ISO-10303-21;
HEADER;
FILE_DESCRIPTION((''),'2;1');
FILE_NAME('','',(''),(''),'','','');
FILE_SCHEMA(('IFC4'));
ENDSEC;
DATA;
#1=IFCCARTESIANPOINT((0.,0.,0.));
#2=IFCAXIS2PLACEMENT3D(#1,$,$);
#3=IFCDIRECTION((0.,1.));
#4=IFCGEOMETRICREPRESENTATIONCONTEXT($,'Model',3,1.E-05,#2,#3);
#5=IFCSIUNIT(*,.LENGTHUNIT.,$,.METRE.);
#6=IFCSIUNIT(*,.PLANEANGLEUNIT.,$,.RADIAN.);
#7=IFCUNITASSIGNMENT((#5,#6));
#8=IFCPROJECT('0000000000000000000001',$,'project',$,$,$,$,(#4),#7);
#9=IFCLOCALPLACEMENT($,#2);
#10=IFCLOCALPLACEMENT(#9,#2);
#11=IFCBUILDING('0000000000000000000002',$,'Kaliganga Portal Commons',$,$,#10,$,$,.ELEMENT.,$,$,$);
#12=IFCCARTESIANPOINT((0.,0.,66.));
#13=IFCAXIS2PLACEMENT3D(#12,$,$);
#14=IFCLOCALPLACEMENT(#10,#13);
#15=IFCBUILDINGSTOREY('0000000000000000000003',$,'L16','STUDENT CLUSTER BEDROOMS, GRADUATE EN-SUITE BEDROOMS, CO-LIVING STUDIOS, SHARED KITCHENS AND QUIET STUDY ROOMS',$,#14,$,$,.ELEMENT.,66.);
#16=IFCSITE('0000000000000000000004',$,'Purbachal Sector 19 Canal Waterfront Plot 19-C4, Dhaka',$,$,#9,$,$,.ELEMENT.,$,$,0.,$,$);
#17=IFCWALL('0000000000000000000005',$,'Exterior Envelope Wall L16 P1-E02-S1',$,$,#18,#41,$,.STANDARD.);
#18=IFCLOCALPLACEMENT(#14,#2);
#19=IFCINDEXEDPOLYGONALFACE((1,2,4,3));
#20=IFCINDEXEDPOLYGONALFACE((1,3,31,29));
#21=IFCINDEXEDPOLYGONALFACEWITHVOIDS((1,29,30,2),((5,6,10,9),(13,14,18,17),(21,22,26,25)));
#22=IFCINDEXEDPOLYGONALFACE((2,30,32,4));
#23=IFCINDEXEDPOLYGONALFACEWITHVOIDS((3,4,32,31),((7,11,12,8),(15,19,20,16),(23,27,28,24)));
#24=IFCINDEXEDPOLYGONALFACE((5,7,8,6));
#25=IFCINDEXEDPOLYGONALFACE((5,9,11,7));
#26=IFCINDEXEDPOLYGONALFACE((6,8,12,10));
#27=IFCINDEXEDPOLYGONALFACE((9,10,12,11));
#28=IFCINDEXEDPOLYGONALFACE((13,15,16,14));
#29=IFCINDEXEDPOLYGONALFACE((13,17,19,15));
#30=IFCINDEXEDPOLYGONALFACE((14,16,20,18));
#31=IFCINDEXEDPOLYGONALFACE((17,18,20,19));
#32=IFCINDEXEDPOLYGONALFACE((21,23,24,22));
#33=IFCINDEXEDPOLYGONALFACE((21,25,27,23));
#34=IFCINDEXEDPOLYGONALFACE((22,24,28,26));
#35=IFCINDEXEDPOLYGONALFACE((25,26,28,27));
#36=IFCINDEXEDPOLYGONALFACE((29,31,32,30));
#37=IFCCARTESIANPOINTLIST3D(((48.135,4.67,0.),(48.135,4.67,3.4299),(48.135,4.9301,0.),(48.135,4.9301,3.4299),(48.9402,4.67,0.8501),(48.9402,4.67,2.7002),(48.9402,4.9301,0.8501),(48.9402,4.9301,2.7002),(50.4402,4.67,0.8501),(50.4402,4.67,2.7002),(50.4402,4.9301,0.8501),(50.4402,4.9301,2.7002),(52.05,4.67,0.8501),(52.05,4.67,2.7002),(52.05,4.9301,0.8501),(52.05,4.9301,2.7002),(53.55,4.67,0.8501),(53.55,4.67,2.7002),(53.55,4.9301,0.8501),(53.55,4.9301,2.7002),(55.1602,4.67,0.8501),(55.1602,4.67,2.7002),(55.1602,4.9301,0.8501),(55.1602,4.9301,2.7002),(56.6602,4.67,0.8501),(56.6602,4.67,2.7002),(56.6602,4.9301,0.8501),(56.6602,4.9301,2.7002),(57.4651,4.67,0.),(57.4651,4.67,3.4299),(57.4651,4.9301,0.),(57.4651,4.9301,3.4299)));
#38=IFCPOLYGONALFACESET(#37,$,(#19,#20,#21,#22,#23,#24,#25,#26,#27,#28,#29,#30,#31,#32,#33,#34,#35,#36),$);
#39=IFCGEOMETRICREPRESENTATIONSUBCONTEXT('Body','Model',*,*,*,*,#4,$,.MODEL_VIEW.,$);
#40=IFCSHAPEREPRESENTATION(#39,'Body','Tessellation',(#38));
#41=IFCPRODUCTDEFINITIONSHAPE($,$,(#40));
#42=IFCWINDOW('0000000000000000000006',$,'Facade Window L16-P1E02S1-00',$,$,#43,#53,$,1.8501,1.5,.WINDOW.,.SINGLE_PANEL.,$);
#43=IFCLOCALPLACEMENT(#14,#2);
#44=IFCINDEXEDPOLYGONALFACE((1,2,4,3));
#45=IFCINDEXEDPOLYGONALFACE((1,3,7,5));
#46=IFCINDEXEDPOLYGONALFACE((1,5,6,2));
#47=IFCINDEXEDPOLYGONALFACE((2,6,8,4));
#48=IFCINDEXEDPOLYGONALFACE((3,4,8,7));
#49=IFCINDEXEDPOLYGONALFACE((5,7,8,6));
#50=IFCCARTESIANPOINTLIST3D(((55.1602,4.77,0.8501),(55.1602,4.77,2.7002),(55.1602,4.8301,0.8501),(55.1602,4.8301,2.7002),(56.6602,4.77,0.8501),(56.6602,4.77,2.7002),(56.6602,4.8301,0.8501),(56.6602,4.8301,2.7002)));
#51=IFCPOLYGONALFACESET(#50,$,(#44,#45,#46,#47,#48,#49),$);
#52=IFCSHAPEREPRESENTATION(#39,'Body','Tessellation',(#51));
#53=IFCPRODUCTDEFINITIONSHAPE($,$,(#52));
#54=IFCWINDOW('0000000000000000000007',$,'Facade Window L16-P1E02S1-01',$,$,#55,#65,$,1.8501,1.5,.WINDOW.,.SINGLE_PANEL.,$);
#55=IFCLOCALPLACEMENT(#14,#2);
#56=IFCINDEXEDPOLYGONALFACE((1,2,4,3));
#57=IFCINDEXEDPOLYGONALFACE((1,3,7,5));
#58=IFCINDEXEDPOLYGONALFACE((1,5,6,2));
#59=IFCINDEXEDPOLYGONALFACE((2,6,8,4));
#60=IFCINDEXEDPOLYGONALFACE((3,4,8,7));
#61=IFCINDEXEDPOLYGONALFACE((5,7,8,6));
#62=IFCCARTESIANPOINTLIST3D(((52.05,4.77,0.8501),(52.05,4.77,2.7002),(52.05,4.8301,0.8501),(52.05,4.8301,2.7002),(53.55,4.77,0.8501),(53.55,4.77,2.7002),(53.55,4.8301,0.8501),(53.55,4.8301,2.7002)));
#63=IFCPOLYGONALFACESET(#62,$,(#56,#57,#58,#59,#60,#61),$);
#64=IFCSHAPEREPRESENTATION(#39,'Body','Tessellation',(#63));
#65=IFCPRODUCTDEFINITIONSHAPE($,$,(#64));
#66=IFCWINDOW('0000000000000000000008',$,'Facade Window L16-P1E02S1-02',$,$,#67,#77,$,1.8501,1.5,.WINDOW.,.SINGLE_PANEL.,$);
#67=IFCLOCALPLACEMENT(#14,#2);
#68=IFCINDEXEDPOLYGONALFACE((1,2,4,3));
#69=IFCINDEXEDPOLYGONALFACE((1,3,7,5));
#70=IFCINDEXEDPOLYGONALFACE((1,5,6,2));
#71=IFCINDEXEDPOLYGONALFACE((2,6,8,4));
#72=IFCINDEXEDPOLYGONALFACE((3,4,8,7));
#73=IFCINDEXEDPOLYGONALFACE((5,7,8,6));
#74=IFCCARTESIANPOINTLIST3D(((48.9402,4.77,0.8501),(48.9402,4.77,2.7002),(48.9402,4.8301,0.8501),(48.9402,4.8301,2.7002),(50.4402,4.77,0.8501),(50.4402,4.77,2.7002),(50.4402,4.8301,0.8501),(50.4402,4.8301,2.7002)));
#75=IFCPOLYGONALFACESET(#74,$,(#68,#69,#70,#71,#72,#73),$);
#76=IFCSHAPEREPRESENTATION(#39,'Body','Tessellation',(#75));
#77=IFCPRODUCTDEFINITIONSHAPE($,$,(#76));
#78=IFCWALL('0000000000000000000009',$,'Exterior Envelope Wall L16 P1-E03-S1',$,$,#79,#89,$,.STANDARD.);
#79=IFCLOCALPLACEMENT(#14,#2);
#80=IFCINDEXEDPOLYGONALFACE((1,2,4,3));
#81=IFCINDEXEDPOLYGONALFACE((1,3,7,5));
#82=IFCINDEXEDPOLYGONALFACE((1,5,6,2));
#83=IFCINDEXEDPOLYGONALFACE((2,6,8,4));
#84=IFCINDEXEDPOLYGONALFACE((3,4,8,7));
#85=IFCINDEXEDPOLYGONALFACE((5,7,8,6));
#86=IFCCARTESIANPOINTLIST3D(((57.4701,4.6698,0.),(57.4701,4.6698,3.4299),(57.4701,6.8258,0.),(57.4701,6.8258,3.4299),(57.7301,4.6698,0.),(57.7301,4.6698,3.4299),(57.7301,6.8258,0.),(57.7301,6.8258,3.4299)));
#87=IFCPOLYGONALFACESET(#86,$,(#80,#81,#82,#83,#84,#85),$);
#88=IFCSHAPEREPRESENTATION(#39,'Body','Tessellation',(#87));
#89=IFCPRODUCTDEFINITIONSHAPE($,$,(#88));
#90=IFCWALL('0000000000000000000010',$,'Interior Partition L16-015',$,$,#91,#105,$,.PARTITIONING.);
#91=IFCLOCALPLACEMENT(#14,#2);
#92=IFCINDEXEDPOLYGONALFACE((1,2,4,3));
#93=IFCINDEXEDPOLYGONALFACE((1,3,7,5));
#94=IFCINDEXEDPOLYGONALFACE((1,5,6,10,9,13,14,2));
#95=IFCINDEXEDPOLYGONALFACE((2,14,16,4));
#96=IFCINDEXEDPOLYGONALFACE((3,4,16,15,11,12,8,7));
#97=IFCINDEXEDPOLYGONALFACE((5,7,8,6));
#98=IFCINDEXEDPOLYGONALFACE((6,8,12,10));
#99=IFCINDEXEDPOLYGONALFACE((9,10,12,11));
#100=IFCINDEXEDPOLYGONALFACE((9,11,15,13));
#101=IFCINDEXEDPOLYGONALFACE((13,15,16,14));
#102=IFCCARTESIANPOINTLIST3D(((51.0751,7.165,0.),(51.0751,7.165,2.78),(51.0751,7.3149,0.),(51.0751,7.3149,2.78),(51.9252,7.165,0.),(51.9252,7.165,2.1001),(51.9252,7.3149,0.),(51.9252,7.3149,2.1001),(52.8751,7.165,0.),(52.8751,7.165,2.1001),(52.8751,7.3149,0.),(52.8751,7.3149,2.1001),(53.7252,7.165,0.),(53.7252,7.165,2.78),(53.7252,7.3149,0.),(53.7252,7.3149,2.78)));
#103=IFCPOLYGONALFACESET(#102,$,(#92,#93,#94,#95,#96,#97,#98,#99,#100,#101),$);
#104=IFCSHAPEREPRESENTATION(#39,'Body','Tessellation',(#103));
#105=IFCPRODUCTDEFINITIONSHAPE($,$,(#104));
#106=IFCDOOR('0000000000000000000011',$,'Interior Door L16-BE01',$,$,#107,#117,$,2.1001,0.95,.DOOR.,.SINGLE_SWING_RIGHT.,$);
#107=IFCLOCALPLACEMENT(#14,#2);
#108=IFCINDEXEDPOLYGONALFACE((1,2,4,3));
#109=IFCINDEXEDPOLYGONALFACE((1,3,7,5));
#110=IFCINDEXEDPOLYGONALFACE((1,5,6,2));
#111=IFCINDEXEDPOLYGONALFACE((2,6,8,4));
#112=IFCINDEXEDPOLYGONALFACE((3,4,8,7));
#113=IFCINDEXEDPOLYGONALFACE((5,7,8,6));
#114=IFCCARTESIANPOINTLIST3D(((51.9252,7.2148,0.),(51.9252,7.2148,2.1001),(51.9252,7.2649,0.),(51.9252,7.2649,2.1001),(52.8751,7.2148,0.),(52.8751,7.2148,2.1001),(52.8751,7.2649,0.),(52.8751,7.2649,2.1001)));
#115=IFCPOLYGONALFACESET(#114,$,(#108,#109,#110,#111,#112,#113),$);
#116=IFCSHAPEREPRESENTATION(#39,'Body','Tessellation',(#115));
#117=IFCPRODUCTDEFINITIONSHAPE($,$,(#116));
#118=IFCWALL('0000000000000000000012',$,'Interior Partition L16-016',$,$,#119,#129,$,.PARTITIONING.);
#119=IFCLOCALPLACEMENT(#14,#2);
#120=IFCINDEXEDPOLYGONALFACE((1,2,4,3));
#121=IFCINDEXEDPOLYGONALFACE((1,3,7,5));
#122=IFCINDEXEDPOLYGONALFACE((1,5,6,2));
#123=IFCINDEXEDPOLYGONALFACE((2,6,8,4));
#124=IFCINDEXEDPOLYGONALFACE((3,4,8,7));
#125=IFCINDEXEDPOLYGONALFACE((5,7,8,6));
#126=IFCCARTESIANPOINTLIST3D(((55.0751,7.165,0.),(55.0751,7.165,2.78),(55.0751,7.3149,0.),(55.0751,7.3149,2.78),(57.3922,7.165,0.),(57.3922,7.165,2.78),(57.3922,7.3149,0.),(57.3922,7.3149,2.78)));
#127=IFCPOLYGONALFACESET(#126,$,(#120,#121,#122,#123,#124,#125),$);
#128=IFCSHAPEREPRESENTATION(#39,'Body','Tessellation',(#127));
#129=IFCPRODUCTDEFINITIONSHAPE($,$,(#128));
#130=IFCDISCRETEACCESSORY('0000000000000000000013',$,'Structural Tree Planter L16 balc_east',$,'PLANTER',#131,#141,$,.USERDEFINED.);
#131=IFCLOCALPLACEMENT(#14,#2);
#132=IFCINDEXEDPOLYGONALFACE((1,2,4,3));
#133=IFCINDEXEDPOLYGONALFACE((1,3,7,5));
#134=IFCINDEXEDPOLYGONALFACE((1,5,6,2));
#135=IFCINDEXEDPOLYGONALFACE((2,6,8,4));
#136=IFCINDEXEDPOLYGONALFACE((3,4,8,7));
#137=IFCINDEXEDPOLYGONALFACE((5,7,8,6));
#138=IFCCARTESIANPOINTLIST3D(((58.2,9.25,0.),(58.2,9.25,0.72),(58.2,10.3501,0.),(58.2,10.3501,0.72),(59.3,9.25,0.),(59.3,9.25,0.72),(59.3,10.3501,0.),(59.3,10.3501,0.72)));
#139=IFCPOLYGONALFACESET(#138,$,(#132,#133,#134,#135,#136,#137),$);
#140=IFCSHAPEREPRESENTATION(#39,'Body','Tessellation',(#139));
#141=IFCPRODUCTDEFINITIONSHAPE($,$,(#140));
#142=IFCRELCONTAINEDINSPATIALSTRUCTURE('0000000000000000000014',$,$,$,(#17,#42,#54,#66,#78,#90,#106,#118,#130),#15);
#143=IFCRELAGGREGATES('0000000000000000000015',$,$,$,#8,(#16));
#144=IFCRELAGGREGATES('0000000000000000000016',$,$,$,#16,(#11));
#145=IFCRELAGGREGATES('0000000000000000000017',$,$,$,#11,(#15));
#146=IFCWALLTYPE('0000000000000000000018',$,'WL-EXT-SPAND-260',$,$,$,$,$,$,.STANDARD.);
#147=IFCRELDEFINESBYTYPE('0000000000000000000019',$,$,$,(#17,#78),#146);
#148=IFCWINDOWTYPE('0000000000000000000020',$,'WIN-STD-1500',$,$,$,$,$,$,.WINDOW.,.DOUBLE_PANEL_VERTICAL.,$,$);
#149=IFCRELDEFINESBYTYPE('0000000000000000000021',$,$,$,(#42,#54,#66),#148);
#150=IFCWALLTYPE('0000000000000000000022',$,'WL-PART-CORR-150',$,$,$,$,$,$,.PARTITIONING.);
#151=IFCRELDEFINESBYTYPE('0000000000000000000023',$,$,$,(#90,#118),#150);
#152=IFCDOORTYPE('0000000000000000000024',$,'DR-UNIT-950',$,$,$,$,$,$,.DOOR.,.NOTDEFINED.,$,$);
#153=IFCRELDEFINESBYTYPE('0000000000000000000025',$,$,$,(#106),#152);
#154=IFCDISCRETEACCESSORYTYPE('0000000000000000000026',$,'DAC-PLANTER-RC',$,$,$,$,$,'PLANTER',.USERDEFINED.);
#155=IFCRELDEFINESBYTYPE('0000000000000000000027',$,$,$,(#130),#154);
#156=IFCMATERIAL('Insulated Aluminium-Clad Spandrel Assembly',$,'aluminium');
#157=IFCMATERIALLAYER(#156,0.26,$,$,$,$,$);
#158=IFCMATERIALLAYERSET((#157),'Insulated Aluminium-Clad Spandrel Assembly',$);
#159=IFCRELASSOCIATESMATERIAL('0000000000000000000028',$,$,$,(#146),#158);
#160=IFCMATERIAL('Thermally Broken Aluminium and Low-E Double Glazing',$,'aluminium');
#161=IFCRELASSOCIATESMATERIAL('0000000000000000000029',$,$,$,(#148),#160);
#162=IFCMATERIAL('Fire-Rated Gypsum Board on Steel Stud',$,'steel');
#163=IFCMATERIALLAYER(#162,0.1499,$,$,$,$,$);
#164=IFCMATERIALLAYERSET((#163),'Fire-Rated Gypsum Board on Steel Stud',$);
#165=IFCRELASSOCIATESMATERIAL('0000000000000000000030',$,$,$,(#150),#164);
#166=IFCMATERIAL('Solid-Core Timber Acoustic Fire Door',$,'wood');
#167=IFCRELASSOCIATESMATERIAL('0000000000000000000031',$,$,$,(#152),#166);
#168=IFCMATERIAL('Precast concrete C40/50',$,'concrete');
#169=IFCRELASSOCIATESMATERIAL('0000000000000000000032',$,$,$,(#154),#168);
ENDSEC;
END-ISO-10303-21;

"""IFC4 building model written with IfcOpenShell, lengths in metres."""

from ifc_helpers import new_model, si_unit, direction, frame, frame_2d, origin, origin_2d, place, context, subcontext, project, spatial, rectangle, extrude, source, transform, mapped, material, layer, layer_set, type_object, element, fill, save


model = new_model("IFC4")

# Units and contexts
model_context = context("Model", 3, precision=1e-05, world=origin(), true_north=direction((0.0, 1.0)))
body_context = subcontext(model_context, "Body", "Model", "MODEL_VIEW")
ifc_project = project(units=[si_unit("LENGTHUNIT", "METRE"), si_unit("PLANEANGLEUNIT", "RADIAN")], contexts=[model_context])

# Site, building, storey
site_placement = place(None, origin())
site = spatial("IfcSite", under=ifc_project, at=site_placement, Name="Purbachal Sector 19 Canal Waterfront Plot 19-C4, Dhaka", CompositionType="ELEMENT", RefElevation=0.0)
building_placement = place(site_placement, origin())
building = spatial("IfcBuilding", under=site, at=building_placement, Name="Kaliganga Portal Commons", CompositionType="ELEMENT")
storey_placement = place(building_placement, frame((0.0, 0.0, 66.0)))
storey = spatial("IfcBuildingStorey", under=building, at=storey_placement, Name="L16", Description="STUDENT CLUSTER BEDROOMS, GRADUATE EN-SUITE BEDROOMS, CO-LIVING STUDIOS, SHARED KITCHENS AND QUIET STUDY ROOMS", CompositionType="ELEMENT", Elevation=66.0)

# Wall, openings, windows
ifc_material_1 = material(Name="Insulated Aluminium-Clad Spandrel Assembly", Category="aluminium")
ifc_layer_1 = layer(ifc_material_1, 0.26)
ifc_layer_set_1 = layer_set([ifc_layer_1], Name="Insulated Aluminium-Clad Spandrel Assembly")
wall_type_1 = type_object("IfcWallType", Name="WL-EXT-SPAND-260", PredefinedType="STANDARD", material=ifc_layer_set_1)
wall_1_placement = place(storey_placement, frame((57.4651, 4.8, 0.0), z_axis=(0.0, 0.0, 1.0), x_axis=(-1.0, 0.0, 0.0)))
wall_1 = element("IfcWall", 1, at=wall_1_placement, inside=storey, type_object=wall_type_1, Name="Exterior Envelope Wall L16 P1-E02-S1", PredefinedType="STANDARD", context=body_context, shape_type="SweptSolid", body=[
    extrude(rectangle(XDim=9.3301, YDim=0.26, at=frame_2d((4.665, 0.0))), origin(), (0.0, 0.0, 1.0), 3.4299),
])
opening_1_placement = place(wall_1_placement, frame((0.8049, 0.0, 0.8501)))
opening_1 = element("IfcOpeningElement", 2, at=opening_1_placement, cuts=wall_1, PredefinedType="OPENING", context=body_context, shape_type="SweptSolid", body=[
    extrude(rectangle(XDim=1.5, YDim=1.8501, at=frame_2d((0.75, 0.925))), frame((0.0, 0.1401, 0.0), z_axis=(0.0, -1.0, 0.0), x_axis=(1.0, 0.0, 0.0)), (0.0, 0.0, 1.0), 0.28),
])
opening_2_placement = place(wall_1_placement, frame((3.915, 0.0, 0.8501)))
opening_2 = element("IfcOpeningElement", 3, at=opening_2_placement, cuts=wall_1, PredefinedType="OPENING", context=body_context, shape_type="SweptSolid", body=[
    extrude(rectangle(XDim=1.5, YDim=1.8501, at=frame_2d((0.75, 0.925))), frame((0.0, 0.1401, 0.0), z_axis=(0.0, -1.0, 0.0), x_axis=(1.0, 0.0, 0.0)), (0.0, 0.0, 1.0), 0.28),
])
opening_3_placement = place(wall_1_placement, frame((7.0249, 0.0, 0.8501)))
opening_3 = element("IfcOpeningElement", 4, at=opening_3_placement, cuts=wall_1, PredefinedType="OPENING", context=body_context, shape_type="SweptSolid", body=[
    extrude(rectangle(XDim=1.5, YDim=1.8501, at=frame_2d((0.75, 0.925))), frame((0.0, 0.1401, 0.0), z_axis=(0.0, -1.0, 0.0), x_axis=(1.0, 0.0, 0.0)), (0.0, 0.0, 1.0), 0.28),
])
ifc_material_2 = material(Name="Thermally Broken Aluminium and Low-E Double Glazing", Category="aluminium")
window_type = type_object("IfcWindowType", Name="WIN-STD-1500", PartitioningType="DOUBLE_PANEL_VERTICAL", PredefinedType="WINDOW", material=ifc_material_2)
window_1_placement = place(opening_1_placement, origin())
window_1 = element("IfcWindow", 5, at=window_1_placement, inside=storey, type_object=window_type, Name="Facade Window L16-P1E02S1-00", OverallHeight=1.8501, OverallWidth=1.5, PartitioningType="SINGLE_PANEL", PredefinedType="WINDOW", context=body_context, shape_type="SweptSolid", body=[
    extrude(rectangle(XDim=1.5, YDim=1.8501, at=frame_2d((0.75, 0.925))), frame((0.0, 0.03, 0.0), z_axis=(0.0, -1.0, 0.0), x_axis=(1.0, 0.0, 0.0)), (0.0, 0.0, 1.0), 0.0601),
])
fill(opening_1, window_1)
window_2_placement = place(opening_2_placement, origin())
window_2 = element("IfcWindow", 6, at=window_2_placement, inside=storey, type_object=window_type, Name="Facade Window L16-P1E02S1-01", OverallHeight=1.8501, OverallWidth=1.5, PartitioningType="SINGLE_PANEL", PredefinedType="WINDOW", context=body_context, shape_type="SweptSolid", body=[
    extrude(rectangle(XDim=1.5, YDim=1.8501, at=frame_2d((0.75, 0.925))), frame((0.0, 0.03, 0.0), z_axis=(0.0, -1.0, 0.0), x_axis=(1.0, 0.0, 0.0)), (0.0, 0.0, 1.0), 0.0601),
])
fill(opening_2, window_2)
window_3_placement = place(opening_3_placement, origin())
window_3 = element("IfcWindow", 7, at=window_3_placement, inside=storey, type_object=window_type, Name="Facade Window L16-P1E02S1-02", OverallHeight=1.8501, OverallWidth=1.5, PartitioningType="SINGLE_PANEL", PredefinedType="WINDOW", context=body_context, shape_type="SweptSolid", body=[
    extrude(rectangle(XDim=1.5, YDim=1.8501, at=frame_2d((0.75, 0.925))), frame((0.0, 0.03, 0.0), z_axis=(0.0, -1.0, 0.0), x_axis=(1.0, 0.0, 0.0)), (0.0, 0.0, 1.0), 0.0601),
])
fill(opening_3, window_3)

# Wall
wall_2_placement = place(storey_placement, frame((57.6001, 6.8259, 0.0), z_axis=(0.0, 0.0, 1.0), x_axis=(0.0, -1.0, 0.0)))
element("IfcWall", 8, at=wall_2_placement, inside=storey, type_object=wall_type_1, Name="Exterior Envelope Wall L16 P1-E03-S1", PredefinedType="STANDARD", context=body_context, shape_type="SweptSolid", body=[
    extrude(rectangle(XDim=2.156, YDim=0.26, at=frame_2d((1.0781, 0.0))), origin(), (0.0, 0.0, 1.0), 3.4299),
])

# Wall, opening, door
ifc_material_3 = material(Name="Fire-Rated Gypsum Board on Steel Stud", Category="steel")
ifc_layer_2 = layer(ifc_material_3, 0.1499)
ifc_layer_set_2 = layer_set([ifc_layer_2], Name="Fire-Rated Gypsum Board on Steel Stud")
wall_type_2 = type_object("IfcWallType", Name="WL-PART-CORR-150", PredefinedType="PARTITIONING", material=ifc_layer_set_2)
wall_3_placement = place(storey_placement, frame((51.075, 7.24, 0.0), z_axis=(0.0, 0.0, 1.0), x_axis=(1.0, 0.0, 0.0)))
wall_3 = element("IfcWall", 9, at=wall_3_placement, inside=storey, type_object=wall_type_2, Name="Interior Partition L16-015", PredefinedType="PARTITIONING", context=body_context, shape_type="SweptSolid", body=[
    extrude(rectangle(XDim=2.6501, YDim=0.1499, at=frame_2d((1.3252, 0.0))), origin(), (0.0, 0.0, 1.0), 2.78),
])
opening_4_placement = place(wall_3_placement, frame((0.8501, 0.0, 0.0)))
opening_4 = element("IfcOpeningElement", 10, at=opening_4_placement, cuts=wall_3, PredefinedType="OPENING", context=body_context, shape_type="SweptSolid", body=[
    extrude(rectangle(XDim=0.95, YDim=2.1001, at=frame_2d((0.4751, 1.05))), frame((0.0, 0.085, 0.0), z_axis=(0.0, -1.0, 0.0), x_axis=(1.0, 0.0, 0.0)), (0.0, 0.0, 1.0), 0.1699),
])
ifc_material_4 = material(Name="Solid-Core Timber Acoustic Fire Door", Category="wood")
door_type = type_object("IfcDoorType", Name="DR-UNIT-950", OperationType="NOTDEFINED", PredefinedType="DOOR", material=ifc_material_4)
door_placement = place(opening_4_placement, origin())
door = element("IfcDoor", 11, at=door_placement, inside=storey, type_object=door_type, Name="Interior Door L16-BE01", OperationType="SINGLE_SWING_RIGHT", OverallHeight=2.1001, OverallWidth=0.95, PredefinedType="DOOR", context=body_context, shape_type="SweptSolid", body=[
    extrude(rectangle(XDim=0.95, YDim=2.1001, at=frame_2d((0.4751, 1.05))), frame((0.0, 0.0249, 0.0), z_axis=(0.0, -1.0, 0.0), x_axis=(1.0, 0.0, 0.0)), (0.0, 0.0, 1.0), 0.05),
])
fill(opening_4, door)

# Wall
wall_4_placement = place(storey_placement, frame((55.075, 7.24, 0.0), z_axis=(0.0, 0.0, 1.0), x_axis=(1.0, 0.0, 0.0)))
element("IfcWall", 12, at=wall_4_placement, inside=storey, type_object=wall_type_2, Name="Interior Partition L16-016", PredefinedType="PARTITIONING", context=body_context, shape_type="SweptSolid", body=[
    extrude(rectangle(XDim=2.3171, YDim=0.1499, at=frame_2d((1.1587, 0.0))), origin(), (0.0, 0.0, 1.0), 2.78),
])

# Discrete accessory
ifc_material_5 = material(Name="Precast concrete C40/50", Category="concrete")
discrete_accessory_type = type_object("IfcDiscreteAccessoryType", Name="DAC-PLANTER-RC", ElementType="PLANTER", PredefinedType="USERDEFINED", material=ifc_material_5)
shared_shape_1 = source(origin(), body_context, "Body", "SweptSolid", [
    extrude(rectangle(XDim=1.1001, YDim=1.1001, at=origin_2d()), origin(), (0.0, 0.0, 1.0), 0.72),
])
discrete_accessory_placement = place(storey_placement, frame((58.75, 9.8, 0.0), z_axis=(0.0, 0.0, 1.0), x_axis=(1.0, 0.0, 0.0)))
element("IfcDiscreteAccessory", 13, at=discrete_accessory_placement, inside=storey, type_object=discrete_accessory_type, Name="Structural Tree Planter L16 balc_east", ObjectType="PLANTER", PredefinedType="USERDEFINED", context=body_context, shape_type="MappedRepresentation", body=[
    mapped(shared_shape_1, transform((0.0, 0.0, 0.0), x_axis=(1.0, 0.0, 0.0), y_axis=(0.0, 1.0, 0.0), z_axis=(0.0, 0.0, 1.0), scale=1.0)),
])

save(model, "model.ifc")
